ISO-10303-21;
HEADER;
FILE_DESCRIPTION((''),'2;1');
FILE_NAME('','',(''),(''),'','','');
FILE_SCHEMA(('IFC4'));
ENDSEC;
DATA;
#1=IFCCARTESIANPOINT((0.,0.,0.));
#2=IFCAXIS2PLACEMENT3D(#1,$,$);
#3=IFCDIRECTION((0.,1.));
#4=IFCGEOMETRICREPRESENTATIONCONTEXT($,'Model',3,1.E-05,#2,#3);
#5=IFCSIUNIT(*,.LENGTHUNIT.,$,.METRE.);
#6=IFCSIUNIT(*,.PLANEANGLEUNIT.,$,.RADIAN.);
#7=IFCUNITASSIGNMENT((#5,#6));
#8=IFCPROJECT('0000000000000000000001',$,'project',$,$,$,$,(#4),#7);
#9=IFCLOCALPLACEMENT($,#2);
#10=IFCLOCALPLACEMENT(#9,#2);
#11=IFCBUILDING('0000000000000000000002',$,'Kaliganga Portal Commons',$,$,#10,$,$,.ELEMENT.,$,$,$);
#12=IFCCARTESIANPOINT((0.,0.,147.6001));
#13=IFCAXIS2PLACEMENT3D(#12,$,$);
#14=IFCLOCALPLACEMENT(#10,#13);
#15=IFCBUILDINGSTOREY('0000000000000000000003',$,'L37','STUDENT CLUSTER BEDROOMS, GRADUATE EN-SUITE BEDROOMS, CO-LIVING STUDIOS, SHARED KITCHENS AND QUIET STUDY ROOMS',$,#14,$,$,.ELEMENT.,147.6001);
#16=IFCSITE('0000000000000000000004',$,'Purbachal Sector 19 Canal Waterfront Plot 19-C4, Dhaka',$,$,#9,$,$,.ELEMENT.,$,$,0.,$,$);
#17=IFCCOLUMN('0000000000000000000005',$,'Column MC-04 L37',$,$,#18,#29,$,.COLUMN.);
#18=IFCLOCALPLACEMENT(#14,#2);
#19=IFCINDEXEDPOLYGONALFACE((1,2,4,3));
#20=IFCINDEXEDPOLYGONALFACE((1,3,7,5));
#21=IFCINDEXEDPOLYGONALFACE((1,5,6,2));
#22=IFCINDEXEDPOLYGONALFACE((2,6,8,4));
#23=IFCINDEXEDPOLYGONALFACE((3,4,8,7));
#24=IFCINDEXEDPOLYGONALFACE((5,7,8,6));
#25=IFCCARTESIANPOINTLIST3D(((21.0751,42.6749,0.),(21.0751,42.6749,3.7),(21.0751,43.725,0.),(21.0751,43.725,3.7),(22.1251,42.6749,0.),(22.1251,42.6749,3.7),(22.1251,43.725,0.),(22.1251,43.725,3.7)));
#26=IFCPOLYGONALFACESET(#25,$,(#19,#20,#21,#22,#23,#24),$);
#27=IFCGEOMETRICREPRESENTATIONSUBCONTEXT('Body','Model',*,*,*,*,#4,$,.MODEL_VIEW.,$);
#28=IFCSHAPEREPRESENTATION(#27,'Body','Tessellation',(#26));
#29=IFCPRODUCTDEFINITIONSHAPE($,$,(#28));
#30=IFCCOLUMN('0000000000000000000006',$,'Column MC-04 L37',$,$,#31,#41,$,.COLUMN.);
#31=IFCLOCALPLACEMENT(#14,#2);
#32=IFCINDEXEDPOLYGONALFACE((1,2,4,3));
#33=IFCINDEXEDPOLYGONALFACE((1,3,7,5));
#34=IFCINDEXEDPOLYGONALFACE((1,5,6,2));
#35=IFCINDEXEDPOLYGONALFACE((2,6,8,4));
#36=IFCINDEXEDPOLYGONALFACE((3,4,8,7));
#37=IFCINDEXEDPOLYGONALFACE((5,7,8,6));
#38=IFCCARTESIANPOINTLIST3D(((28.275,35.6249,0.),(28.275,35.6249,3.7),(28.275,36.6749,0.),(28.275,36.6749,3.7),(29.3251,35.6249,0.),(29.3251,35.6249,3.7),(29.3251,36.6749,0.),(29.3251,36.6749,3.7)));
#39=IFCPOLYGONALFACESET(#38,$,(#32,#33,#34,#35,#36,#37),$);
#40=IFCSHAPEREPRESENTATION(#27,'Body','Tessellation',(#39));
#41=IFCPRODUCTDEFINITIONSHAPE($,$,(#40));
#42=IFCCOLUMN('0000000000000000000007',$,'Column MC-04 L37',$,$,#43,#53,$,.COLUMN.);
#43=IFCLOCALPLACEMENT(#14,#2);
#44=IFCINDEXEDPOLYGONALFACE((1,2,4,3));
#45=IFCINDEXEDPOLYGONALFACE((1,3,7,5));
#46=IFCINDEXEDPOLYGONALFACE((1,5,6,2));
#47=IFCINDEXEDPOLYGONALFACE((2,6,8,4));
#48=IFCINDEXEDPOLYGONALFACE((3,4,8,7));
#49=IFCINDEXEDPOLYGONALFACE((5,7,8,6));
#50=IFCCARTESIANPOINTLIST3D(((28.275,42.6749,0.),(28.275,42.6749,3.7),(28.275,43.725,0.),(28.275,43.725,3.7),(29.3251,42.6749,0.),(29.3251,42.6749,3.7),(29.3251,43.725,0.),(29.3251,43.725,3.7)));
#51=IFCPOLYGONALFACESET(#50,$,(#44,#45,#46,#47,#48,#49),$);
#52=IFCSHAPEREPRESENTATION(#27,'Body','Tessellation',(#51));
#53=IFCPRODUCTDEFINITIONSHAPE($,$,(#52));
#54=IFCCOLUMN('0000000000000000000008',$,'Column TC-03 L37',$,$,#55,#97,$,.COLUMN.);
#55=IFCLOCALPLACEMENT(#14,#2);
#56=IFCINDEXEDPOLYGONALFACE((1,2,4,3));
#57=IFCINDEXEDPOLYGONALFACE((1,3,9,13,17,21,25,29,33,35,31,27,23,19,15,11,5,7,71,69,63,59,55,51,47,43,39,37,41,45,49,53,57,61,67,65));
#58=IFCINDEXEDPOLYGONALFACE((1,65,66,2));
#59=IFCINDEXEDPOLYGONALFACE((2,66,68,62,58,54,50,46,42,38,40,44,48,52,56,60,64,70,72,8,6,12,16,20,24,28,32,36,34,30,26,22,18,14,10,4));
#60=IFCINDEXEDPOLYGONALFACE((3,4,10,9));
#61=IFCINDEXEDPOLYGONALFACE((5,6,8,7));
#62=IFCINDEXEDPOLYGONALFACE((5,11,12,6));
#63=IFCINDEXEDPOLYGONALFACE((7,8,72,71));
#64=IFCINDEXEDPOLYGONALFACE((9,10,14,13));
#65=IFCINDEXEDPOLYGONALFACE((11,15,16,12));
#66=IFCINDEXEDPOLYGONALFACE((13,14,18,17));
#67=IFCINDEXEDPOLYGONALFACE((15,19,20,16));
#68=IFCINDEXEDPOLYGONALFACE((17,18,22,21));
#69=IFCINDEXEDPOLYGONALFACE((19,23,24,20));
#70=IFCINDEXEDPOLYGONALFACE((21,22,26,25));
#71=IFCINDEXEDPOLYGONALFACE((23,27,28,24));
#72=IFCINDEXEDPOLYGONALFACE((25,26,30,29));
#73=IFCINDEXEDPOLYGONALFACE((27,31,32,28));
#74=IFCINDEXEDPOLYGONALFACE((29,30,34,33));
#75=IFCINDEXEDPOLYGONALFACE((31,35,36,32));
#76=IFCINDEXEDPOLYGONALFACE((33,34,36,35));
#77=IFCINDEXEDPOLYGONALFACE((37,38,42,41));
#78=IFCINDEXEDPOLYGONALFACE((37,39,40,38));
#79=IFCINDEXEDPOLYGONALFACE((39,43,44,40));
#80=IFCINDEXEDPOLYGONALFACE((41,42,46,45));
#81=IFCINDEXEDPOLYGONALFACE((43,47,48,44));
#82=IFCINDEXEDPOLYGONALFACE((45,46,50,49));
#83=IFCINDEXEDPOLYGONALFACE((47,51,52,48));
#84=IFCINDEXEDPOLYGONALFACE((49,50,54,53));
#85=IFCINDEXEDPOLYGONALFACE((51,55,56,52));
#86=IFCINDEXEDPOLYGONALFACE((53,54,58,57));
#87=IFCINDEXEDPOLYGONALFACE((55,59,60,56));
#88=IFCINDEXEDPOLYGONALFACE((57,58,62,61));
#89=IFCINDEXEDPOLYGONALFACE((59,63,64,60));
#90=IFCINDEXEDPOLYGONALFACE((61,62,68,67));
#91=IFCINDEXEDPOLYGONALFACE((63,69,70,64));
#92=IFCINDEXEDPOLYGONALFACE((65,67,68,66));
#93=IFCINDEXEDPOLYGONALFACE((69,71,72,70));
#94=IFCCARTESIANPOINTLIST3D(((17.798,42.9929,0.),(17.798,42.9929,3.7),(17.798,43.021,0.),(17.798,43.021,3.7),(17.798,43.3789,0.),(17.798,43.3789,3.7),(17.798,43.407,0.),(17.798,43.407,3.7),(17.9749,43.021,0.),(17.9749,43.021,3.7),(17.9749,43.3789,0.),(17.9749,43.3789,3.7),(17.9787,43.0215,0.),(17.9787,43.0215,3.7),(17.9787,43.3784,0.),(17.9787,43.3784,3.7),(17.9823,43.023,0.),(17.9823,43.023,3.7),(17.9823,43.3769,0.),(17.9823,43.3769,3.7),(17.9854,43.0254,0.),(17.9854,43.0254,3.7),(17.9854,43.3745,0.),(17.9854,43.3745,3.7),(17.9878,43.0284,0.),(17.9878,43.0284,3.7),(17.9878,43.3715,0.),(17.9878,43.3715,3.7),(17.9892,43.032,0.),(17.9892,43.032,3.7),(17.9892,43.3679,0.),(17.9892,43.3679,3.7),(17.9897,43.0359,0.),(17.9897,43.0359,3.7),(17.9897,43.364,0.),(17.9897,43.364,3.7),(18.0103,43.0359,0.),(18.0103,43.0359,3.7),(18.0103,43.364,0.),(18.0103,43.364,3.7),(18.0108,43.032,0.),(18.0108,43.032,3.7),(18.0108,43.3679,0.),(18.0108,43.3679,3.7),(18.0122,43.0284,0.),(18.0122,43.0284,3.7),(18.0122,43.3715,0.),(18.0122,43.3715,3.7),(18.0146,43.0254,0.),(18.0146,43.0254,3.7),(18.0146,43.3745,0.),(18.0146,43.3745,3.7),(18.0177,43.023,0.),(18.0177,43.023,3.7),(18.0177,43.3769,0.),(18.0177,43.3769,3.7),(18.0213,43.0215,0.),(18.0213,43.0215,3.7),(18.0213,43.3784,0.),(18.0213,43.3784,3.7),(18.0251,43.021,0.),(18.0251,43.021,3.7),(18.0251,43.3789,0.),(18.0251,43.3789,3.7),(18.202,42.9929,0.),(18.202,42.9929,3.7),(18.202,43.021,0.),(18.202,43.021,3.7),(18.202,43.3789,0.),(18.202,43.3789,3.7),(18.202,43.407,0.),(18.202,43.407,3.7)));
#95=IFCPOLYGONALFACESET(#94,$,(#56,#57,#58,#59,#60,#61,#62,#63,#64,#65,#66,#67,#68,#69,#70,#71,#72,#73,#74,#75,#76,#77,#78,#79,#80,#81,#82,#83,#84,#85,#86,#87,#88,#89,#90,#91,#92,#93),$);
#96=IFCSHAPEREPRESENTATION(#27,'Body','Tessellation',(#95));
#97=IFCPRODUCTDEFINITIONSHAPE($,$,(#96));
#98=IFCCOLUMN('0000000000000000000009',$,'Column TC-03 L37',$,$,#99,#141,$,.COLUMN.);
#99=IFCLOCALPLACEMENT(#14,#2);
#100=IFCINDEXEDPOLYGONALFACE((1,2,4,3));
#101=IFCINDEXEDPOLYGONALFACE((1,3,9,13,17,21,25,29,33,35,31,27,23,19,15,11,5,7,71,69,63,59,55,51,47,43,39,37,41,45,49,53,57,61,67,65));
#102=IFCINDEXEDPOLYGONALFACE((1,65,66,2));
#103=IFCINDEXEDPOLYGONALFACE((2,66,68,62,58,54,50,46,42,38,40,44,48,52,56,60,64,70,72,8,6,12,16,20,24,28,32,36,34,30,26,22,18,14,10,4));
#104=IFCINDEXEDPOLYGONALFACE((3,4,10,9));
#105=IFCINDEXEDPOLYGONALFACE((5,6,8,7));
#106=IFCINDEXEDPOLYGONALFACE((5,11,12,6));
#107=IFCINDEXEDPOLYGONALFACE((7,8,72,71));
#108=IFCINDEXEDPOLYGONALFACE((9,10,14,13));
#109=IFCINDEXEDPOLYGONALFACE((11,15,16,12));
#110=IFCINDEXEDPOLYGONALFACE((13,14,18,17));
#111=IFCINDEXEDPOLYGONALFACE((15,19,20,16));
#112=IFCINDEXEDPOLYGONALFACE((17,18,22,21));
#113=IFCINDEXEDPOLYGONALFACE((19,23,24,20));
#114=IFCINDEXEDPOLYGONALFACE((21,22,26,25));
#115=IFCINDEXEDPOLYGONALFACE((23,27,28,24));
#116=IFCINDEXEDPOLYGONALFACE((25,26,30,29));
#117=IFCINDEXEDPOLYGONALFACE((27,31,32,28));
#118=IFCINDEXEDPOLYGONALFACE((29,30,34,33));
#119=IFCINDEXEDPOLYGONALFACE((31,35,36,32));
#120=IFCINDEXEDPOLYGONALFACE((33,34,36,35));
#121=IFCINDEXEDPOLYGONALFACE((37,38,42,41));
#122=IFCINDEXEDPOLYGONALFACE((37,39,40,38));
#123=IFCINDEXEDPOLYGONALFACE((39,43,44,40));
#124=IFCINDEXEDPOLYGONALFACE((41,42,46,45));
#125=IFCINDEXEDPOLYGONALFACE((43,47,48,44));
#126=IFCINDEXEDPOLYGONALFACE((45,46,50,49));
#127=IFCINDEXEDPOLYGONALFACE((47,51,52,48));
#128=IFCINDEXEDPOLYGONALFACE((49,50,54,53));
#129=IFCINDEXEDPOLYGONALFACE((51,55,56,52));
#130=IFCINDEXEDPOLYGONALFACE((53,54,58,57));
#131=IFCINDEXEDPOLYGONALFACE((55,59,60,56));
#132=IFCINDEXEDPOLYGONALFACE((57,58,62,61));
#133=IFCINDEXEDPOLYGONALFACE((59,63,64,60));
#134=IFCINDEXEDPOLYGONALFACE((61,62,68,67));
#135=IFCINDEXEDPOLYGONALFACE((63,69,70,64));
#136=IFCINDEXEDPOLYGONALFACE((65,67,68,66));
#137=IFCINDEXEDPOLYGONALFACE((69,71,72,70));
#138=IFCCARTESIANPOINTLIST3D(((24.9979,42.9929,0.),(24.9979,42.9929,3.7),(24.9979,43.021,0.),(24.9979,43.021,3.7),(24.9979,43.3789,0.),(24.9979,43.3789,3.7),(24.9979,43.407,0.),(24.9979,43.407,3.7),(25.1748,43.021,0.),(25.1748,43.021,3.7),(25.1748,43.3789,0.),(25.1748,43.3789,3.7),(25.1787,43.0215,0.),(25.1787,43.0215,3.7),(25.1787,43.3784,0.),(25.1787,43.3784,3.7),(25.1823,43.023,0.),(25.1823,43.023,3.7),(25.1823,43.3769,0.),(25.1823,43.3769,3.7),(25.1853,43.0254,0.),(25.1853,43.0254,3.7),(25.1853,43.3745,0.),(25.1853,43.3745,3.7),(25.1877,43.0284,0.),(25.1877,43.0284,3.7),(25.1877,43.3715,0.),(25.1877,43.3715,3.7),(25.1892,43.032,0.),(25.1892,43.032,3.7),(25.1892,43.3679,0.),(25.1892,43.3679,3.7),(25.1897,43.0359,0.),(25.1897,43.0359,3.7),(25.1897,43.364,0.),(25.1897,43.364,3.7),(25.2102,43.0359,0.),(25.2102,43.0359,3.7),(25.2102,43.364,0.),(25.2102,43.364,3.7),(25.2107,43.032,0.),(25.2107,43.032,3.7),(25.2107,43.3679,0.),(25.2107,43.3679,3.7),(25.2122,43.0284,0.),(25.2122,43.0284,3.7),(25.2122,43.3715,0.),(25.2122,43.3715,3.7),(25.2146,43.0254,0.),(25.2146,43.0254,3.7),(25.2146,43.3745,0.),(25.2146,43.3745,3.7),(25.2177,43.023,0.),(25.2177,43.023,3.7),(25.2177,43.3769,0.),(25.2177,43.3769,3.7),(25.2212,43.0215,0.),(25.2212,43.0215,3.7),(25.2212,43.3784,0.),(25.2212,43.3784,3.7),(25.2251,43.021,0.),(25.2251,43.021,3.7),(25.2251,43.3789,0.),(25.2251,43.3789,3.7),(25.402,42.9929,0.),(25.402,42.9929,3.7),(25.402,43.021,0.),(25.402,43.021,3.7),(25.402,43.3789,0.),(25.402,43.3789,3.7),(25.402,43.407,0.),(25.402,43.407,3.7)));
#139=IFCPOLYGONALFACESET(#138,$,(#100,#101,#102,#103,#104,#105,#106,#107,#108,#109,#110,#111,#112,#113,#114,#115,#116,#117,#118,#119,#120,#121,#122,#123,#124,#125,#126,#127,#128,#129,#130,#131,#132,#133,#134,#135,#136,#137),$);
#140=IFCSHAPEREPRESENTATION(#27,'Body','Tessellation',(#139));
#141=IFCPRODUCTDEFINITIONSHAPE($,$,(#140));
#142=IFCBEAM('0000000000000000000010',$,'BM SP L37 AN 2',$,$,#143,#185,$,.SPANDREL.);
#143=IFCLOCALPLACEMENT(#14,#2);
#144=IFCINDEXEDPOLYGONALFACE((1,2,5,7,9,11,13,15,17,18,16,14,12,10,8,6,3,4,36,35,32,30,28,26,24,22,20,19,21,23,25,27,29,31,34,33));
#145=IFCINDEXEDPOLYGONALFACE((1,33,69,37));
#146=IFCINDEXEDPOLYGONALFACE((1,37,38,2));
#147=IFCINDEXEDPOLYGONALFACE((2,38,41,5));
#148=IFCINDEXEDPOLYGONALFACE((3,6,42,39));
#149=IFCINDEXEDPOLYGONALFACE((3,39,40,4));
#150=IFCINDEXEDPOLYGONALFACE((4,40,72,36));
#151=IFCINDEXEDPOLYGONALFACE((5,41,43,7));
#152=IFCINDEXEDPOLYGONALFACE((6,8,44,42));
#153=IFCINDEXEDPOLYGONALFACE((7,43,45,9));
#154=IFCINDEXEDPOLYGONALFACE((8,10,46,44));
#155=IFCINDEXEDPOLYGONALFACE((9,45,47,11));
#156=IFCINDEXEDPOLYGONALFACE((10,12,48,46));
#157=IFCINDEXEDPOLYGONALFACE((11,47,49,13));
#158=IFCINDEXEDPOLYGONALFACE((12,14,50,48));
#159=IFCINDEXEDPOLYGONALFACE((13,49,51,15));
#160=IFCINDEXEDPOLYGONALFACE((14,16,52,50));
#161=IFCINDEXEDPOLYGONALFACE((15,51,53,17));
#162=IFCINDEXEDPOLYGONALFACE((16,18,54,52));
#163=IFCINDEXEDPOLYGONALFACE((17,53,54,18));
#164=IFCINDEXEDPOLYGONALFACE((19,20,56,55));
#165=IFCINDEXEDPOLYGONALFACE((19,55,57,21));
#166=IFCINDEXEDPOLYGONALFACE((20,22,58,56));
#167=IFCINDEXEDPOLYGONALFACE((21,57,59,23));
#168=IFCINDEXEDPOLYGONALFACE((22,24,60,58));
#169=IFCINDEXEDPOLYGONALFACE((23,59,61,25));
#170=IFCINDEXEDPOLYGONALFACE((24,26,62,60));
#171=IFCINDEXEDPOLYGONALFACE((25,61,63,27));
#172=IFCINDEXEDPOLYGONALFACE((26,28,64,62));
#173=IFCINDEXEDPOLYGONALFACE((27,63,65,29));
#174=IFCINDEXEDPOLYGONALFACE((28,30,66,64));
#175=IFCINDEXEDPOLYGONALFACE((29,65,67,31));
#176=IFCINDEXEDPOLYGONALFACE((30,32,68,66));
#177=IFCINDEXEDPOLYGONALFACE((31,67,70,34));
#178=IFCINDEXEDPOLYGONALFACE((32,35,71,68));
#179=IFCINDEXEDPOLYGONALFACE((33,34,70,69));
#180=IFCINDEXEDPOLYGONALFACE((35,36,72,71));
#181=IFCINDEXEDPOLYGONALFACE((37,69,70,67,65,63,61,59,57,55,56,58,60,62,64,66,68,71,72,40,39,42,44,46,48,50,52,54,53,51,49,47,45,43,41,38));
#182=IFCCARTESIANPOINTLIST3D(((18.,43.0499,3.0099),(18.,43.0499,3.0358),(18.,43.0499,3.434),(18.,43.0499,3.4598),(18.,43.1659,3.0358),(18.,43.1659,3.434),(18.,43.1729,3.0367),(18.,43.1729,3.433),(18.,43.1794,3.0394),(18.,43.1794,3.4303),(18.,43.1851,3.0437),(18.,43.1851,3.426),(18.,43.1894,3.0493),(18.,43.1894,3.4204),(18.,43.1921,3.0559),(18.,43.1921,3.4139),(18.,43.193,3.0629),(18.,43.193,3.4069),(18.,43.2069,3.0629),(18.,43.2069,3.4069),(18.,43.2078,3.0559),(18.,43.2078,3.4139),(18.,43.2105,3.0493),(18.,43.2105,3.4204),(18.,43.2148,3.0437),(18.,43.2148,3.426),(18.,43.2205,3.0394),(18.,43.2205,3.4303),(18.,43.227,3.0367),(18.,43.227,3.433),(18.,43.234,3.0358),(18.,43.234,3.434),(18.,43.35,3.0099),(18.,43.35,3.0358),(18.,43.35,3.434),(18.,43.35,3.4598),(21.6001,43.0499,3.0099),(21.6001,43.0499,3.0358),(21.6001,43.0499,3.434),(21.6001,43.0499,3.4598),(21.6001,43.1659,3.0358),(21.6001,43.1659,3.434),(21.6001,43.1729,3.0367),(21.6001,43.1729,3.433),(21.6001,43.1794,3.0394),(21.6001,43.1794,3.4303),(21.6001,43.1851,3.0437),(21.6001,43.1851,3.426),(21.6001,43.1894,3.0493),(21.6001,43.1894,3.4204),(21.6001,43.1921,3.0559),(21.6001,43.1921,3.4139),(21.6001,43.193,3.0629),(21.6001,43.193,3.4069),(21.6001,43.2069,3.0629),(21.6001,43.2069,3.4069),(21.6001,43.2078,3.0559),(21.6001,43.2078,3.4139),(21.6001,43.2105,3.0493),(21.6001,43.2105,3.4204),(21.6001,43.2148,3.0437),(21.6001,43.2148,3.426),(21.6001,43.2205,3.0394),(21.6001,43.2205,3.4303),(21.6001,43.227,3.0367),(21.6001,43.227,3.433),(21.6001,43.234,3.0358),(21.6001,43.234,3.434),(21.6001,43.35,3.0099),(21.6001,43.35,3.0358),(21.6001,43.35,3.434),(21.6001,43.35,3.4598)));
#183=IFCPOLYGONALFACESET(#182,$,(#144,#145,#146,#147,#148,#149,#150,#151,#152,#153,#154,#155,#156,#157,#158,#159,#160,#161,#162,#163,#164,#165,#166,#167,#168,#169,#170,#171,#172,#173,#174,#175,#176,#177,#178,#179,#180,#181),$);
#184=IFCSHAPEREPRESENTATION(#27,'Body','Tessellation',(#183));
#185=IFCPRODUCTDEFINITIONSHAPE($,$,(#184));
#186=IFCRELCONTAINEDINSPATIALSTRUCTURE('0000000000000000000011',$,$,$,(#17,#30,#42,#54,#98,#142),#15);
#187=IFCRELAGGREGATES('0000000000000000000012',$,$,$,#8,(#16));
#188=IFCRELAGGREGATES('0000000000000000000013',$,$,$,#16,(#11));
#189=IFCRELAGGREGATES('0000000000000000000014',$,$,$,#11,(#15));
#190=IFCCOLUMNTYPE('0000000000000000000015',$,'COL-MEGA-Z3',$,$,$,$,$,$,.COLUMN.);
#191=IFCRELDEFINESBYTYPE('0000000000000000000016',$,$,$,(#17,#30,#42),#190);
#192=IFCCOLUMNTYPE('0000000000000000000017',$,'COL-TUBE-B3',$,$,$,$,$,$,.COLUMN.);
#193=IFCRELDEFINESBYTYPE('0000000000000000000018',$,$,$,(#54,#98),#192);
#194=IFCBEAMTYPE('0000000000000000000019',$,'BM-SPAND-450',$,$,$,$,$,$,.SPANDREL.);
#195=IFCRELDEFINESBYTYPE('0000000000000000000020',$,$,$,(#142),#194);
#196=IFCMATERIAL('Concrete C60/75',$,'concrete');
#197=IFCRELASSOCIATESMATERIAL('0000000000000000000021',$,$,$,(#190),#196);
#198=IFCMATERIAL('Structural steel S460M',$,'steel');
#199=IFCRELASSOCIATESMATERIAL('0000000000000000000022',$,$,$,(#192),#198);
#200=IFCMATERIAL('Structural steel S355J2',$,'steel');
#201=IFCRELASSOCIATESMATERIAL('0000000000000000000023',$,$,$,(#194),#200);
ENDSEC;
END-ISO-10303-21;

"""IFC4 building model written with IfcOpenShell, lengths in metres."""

from ifc_helpers import new_model, si_unit, direction, frame, origin, origin_2d, place, context, subcontext, project, spatial, rectangle, i_section, extrude, source, transform, mapped, material, material_profile, profile_set, type_object, element, save


model = new_model("IFC4")

# Units and contexts
model_context = context("Model", 3, precision=1e-05, world=origin(), true_north=direction((0.0, 1.0)))
body_context = subcontext(model_context, "Body", "Model", "MODEL_VIEW")
ifc_project = project(units=[si_unit("LENGTHUNIT", "METRE"), si_unit("PLANEANGLEUNIT", "RADIAN")], contexts=[model_context])

# Site, building, storey
site_placement = place(None, origin())
site = spatial("IfcSite", under=ifc_project, at=site_placement, Name="Purbachal Sector 19 Canal Waterfront Plot 19-C4, Dhaka", CompositionType="ELEMENT", RefElevation=0.0)
building_placement = place(site_placement, origin())
building = spatial("IfcBuilding", under=site, at=building_placement, Name="Kaliganga Portal Commons", CompositionType="ELEMENT")
storey_placement = place(building_placement, frame((0.0, 0.0, 147.6001)))
storey = spatial("IfcBuildingStorey", under=building, at=storey_placement, Name="L37", Description="STUDENT CLUSTER BEDROOMS, GRADUATE EN-SUITE BEDROOMS, CO-LIVING STUDIOS, SHARED KITCHENS AND QUIET STUDY ROOMS", CompositionType="ELEMENT", Elevation=147.6001)

# Columns
ifc_material_1 = material(Name="Concrete C60/75", Category="concrete")
ifc_material_profile_1 = material_profile(ifc_material_1, rectangle(XDim=1.05, YDim=1.05, at=origin_2d()), Name="RC 1050x1050")
ifc_profile_set_1 = profile_set([ifc_material_profile_1], Name="Concrete C60/75")
column_type_1 = type_object("IfcColumnType", Name="COL-MEGA-Z3", PredefinedType="COLUMN", material=ifc_profile_set_1)
shared_shape_1 = source(origin(), body_context, "Body", "SweptSolid", [
    extrude(rectangle(XDim=1.05, YDim=1.05, at=origin_2d()), origin(), (0.0, 0.0, 1.0), 3.7),
])
for number, where, z_axis, x_axis, name in (
    (1, (21.6001, 43.2, 0.0), (0.0, 0.0, 1.0), (1.0, 0.0, 0.0), "Column MC-04 L37"),
    (2, (28.8, 36.1499, 0.0), (0.0, 0.0, 1.0), (1.0, 0.0, 0.0), "Column MC-04 L37"),
    (3, (28.8, 43.2, 0.0), (0.0, 0.0, 1.0), (1.0, 0.0, 0.0), "Column MC-04 L37"),
):
    element("IfcColumn", number, at=place(storey_placement, frame(where, z_axis=z_axis, x_axis=x_axis)), inside=storey, type_object=column_type_1, Name=name, PredefinedType="COLUMN", context=body_context, shape_type="MappedRepresentation", body=[
        mapped(shared_shape_1, transform((0.0, 0.0, 0.0), x_axis=(1.0, 0.0, 0.0), y_axis=(0.0, 1.0, 0.0), z_axis=(0.0, 0.0, 1.0), scale=1.0)),
    ])
ifc_material_2 = material(Name="Structural steel S460M", Category="steel")
ifc_material_profile_2 = material_profile(ifc_material_2, i_section(OverallWidth=0.4041, OverallDepth=0.4141, WebThickness=0.0205, FlangeThickness=0.0281, FilletRadius=0.0149, at=origin_2d()), Name="HD 400x347")
ifc_profile_set_2 = profile_set([ifc_material_profile_2], Name="Structural steel S460M wide-flange")
column_type_2 = type_object("IfcColumnType", Name="COL-TUBE-B3", PredefinedType="COLUMN", material=ifc_profile_set_2)
shared_shape_2 = source(origin(), body_context, "Body", "SweptSolid", [
    extrude(i_section(OverallWidth=0.4041, OverallDepth=0.4141, WebThickness=0.0205, FlangeThickness=0.0281, FilletRadius=0.0149, at=origin_2d()), origin(), (0.0, 0.0, 1.0), 3.7),
])
for number, where, z_axis, x_axis, name in (
    (4, (18.0, 43.2, 0.0), (0.0, 0.0, 1.0), (1.0, 0.0, 0.0), "Column TC-03 L37"),
    (5, (25.2, 43.2, 0.0), (0.0, 0.0, 1.0), (1.0, 0.0, 0.0), "Column TC-03 L37"),
):
    element("IfcColumn", number, at=place(storey_placement, frame(where, z_axis=z_axis, x_axis=x_axis)), inside=storey, type_object=column_type_2, Name=name, PredefinedType="COLUMN", context=body_context, shape_type="MappedRepresentation", body=[
        mapped(shared_shape_2, transform((0.0, 0.0, 0.0), x_axis=(1.0, 0.0, 0.0), y_axis=(0.0, 1.0, 0.0), z_axis=(0.0, 0.0, 1.0), scale=1.0)),
    ])

# Beam
ifc_material_3 = material(Name="Structural steel S355J2", Category="steel")
ifc_material_profile_3 = material_profile(ifc_material_3, i_section(OverallWidth=0.3, OverallDepth=0.45, WebThickness=0.0139, FlangeThickness=0.0259, FilletRadius=0.0271, at=origin_2d()), Name="HE 450 B")
ifc_profile_set_3 = profile_set([ifc_material_profile_3], Name="Structural steel S355J2 wide-flange")
beam_type_1 = type_object("IfcBeamType", Name="BM-SPAND-450", PredefinedType="SPANDREL", material=ifc_profile_set_3)
shared_shape_3 = source(origin(), body_context, "Body", "SweptSolid", [
    extrude(i_section(OverallWidth=0.3, OverallDepth=0.45, WebThickness=0.0139, FlangeThickness=0.0259, FilletRadius=0.0271, at=origin_2d()), origin(), (0.0, 0.0, 1.0), 3.6001),
])
for number, where, z_axis, x_axis, name in (
    (6, (18.0, 43.2, 3.2349), (1.0, 0.0, 0.0), (0.0, 1.0, 0.0), "BM SP L37 AN 2"),
):
    element("IfcBeam", number, at=place(storey_placement, frame(where, z_axis=z_axis, x_axis=x_axis)), inside=storey, type_object=beam_type_1, Name=name, PredefinedType="SPANDREL", context=body_context, shape_type="MappedRepresentation", body=[
        mapped(shared_shape_3, transform((0.0, 0.0, 0.0), x_axis=(1.0, 0.0, 0.0), y_axis=(0.0, 1.0, 0.0), z_axis=(0.0, 0.0, 1.0), scale=1.0)),
    ])

save(model, "model.ifc")
